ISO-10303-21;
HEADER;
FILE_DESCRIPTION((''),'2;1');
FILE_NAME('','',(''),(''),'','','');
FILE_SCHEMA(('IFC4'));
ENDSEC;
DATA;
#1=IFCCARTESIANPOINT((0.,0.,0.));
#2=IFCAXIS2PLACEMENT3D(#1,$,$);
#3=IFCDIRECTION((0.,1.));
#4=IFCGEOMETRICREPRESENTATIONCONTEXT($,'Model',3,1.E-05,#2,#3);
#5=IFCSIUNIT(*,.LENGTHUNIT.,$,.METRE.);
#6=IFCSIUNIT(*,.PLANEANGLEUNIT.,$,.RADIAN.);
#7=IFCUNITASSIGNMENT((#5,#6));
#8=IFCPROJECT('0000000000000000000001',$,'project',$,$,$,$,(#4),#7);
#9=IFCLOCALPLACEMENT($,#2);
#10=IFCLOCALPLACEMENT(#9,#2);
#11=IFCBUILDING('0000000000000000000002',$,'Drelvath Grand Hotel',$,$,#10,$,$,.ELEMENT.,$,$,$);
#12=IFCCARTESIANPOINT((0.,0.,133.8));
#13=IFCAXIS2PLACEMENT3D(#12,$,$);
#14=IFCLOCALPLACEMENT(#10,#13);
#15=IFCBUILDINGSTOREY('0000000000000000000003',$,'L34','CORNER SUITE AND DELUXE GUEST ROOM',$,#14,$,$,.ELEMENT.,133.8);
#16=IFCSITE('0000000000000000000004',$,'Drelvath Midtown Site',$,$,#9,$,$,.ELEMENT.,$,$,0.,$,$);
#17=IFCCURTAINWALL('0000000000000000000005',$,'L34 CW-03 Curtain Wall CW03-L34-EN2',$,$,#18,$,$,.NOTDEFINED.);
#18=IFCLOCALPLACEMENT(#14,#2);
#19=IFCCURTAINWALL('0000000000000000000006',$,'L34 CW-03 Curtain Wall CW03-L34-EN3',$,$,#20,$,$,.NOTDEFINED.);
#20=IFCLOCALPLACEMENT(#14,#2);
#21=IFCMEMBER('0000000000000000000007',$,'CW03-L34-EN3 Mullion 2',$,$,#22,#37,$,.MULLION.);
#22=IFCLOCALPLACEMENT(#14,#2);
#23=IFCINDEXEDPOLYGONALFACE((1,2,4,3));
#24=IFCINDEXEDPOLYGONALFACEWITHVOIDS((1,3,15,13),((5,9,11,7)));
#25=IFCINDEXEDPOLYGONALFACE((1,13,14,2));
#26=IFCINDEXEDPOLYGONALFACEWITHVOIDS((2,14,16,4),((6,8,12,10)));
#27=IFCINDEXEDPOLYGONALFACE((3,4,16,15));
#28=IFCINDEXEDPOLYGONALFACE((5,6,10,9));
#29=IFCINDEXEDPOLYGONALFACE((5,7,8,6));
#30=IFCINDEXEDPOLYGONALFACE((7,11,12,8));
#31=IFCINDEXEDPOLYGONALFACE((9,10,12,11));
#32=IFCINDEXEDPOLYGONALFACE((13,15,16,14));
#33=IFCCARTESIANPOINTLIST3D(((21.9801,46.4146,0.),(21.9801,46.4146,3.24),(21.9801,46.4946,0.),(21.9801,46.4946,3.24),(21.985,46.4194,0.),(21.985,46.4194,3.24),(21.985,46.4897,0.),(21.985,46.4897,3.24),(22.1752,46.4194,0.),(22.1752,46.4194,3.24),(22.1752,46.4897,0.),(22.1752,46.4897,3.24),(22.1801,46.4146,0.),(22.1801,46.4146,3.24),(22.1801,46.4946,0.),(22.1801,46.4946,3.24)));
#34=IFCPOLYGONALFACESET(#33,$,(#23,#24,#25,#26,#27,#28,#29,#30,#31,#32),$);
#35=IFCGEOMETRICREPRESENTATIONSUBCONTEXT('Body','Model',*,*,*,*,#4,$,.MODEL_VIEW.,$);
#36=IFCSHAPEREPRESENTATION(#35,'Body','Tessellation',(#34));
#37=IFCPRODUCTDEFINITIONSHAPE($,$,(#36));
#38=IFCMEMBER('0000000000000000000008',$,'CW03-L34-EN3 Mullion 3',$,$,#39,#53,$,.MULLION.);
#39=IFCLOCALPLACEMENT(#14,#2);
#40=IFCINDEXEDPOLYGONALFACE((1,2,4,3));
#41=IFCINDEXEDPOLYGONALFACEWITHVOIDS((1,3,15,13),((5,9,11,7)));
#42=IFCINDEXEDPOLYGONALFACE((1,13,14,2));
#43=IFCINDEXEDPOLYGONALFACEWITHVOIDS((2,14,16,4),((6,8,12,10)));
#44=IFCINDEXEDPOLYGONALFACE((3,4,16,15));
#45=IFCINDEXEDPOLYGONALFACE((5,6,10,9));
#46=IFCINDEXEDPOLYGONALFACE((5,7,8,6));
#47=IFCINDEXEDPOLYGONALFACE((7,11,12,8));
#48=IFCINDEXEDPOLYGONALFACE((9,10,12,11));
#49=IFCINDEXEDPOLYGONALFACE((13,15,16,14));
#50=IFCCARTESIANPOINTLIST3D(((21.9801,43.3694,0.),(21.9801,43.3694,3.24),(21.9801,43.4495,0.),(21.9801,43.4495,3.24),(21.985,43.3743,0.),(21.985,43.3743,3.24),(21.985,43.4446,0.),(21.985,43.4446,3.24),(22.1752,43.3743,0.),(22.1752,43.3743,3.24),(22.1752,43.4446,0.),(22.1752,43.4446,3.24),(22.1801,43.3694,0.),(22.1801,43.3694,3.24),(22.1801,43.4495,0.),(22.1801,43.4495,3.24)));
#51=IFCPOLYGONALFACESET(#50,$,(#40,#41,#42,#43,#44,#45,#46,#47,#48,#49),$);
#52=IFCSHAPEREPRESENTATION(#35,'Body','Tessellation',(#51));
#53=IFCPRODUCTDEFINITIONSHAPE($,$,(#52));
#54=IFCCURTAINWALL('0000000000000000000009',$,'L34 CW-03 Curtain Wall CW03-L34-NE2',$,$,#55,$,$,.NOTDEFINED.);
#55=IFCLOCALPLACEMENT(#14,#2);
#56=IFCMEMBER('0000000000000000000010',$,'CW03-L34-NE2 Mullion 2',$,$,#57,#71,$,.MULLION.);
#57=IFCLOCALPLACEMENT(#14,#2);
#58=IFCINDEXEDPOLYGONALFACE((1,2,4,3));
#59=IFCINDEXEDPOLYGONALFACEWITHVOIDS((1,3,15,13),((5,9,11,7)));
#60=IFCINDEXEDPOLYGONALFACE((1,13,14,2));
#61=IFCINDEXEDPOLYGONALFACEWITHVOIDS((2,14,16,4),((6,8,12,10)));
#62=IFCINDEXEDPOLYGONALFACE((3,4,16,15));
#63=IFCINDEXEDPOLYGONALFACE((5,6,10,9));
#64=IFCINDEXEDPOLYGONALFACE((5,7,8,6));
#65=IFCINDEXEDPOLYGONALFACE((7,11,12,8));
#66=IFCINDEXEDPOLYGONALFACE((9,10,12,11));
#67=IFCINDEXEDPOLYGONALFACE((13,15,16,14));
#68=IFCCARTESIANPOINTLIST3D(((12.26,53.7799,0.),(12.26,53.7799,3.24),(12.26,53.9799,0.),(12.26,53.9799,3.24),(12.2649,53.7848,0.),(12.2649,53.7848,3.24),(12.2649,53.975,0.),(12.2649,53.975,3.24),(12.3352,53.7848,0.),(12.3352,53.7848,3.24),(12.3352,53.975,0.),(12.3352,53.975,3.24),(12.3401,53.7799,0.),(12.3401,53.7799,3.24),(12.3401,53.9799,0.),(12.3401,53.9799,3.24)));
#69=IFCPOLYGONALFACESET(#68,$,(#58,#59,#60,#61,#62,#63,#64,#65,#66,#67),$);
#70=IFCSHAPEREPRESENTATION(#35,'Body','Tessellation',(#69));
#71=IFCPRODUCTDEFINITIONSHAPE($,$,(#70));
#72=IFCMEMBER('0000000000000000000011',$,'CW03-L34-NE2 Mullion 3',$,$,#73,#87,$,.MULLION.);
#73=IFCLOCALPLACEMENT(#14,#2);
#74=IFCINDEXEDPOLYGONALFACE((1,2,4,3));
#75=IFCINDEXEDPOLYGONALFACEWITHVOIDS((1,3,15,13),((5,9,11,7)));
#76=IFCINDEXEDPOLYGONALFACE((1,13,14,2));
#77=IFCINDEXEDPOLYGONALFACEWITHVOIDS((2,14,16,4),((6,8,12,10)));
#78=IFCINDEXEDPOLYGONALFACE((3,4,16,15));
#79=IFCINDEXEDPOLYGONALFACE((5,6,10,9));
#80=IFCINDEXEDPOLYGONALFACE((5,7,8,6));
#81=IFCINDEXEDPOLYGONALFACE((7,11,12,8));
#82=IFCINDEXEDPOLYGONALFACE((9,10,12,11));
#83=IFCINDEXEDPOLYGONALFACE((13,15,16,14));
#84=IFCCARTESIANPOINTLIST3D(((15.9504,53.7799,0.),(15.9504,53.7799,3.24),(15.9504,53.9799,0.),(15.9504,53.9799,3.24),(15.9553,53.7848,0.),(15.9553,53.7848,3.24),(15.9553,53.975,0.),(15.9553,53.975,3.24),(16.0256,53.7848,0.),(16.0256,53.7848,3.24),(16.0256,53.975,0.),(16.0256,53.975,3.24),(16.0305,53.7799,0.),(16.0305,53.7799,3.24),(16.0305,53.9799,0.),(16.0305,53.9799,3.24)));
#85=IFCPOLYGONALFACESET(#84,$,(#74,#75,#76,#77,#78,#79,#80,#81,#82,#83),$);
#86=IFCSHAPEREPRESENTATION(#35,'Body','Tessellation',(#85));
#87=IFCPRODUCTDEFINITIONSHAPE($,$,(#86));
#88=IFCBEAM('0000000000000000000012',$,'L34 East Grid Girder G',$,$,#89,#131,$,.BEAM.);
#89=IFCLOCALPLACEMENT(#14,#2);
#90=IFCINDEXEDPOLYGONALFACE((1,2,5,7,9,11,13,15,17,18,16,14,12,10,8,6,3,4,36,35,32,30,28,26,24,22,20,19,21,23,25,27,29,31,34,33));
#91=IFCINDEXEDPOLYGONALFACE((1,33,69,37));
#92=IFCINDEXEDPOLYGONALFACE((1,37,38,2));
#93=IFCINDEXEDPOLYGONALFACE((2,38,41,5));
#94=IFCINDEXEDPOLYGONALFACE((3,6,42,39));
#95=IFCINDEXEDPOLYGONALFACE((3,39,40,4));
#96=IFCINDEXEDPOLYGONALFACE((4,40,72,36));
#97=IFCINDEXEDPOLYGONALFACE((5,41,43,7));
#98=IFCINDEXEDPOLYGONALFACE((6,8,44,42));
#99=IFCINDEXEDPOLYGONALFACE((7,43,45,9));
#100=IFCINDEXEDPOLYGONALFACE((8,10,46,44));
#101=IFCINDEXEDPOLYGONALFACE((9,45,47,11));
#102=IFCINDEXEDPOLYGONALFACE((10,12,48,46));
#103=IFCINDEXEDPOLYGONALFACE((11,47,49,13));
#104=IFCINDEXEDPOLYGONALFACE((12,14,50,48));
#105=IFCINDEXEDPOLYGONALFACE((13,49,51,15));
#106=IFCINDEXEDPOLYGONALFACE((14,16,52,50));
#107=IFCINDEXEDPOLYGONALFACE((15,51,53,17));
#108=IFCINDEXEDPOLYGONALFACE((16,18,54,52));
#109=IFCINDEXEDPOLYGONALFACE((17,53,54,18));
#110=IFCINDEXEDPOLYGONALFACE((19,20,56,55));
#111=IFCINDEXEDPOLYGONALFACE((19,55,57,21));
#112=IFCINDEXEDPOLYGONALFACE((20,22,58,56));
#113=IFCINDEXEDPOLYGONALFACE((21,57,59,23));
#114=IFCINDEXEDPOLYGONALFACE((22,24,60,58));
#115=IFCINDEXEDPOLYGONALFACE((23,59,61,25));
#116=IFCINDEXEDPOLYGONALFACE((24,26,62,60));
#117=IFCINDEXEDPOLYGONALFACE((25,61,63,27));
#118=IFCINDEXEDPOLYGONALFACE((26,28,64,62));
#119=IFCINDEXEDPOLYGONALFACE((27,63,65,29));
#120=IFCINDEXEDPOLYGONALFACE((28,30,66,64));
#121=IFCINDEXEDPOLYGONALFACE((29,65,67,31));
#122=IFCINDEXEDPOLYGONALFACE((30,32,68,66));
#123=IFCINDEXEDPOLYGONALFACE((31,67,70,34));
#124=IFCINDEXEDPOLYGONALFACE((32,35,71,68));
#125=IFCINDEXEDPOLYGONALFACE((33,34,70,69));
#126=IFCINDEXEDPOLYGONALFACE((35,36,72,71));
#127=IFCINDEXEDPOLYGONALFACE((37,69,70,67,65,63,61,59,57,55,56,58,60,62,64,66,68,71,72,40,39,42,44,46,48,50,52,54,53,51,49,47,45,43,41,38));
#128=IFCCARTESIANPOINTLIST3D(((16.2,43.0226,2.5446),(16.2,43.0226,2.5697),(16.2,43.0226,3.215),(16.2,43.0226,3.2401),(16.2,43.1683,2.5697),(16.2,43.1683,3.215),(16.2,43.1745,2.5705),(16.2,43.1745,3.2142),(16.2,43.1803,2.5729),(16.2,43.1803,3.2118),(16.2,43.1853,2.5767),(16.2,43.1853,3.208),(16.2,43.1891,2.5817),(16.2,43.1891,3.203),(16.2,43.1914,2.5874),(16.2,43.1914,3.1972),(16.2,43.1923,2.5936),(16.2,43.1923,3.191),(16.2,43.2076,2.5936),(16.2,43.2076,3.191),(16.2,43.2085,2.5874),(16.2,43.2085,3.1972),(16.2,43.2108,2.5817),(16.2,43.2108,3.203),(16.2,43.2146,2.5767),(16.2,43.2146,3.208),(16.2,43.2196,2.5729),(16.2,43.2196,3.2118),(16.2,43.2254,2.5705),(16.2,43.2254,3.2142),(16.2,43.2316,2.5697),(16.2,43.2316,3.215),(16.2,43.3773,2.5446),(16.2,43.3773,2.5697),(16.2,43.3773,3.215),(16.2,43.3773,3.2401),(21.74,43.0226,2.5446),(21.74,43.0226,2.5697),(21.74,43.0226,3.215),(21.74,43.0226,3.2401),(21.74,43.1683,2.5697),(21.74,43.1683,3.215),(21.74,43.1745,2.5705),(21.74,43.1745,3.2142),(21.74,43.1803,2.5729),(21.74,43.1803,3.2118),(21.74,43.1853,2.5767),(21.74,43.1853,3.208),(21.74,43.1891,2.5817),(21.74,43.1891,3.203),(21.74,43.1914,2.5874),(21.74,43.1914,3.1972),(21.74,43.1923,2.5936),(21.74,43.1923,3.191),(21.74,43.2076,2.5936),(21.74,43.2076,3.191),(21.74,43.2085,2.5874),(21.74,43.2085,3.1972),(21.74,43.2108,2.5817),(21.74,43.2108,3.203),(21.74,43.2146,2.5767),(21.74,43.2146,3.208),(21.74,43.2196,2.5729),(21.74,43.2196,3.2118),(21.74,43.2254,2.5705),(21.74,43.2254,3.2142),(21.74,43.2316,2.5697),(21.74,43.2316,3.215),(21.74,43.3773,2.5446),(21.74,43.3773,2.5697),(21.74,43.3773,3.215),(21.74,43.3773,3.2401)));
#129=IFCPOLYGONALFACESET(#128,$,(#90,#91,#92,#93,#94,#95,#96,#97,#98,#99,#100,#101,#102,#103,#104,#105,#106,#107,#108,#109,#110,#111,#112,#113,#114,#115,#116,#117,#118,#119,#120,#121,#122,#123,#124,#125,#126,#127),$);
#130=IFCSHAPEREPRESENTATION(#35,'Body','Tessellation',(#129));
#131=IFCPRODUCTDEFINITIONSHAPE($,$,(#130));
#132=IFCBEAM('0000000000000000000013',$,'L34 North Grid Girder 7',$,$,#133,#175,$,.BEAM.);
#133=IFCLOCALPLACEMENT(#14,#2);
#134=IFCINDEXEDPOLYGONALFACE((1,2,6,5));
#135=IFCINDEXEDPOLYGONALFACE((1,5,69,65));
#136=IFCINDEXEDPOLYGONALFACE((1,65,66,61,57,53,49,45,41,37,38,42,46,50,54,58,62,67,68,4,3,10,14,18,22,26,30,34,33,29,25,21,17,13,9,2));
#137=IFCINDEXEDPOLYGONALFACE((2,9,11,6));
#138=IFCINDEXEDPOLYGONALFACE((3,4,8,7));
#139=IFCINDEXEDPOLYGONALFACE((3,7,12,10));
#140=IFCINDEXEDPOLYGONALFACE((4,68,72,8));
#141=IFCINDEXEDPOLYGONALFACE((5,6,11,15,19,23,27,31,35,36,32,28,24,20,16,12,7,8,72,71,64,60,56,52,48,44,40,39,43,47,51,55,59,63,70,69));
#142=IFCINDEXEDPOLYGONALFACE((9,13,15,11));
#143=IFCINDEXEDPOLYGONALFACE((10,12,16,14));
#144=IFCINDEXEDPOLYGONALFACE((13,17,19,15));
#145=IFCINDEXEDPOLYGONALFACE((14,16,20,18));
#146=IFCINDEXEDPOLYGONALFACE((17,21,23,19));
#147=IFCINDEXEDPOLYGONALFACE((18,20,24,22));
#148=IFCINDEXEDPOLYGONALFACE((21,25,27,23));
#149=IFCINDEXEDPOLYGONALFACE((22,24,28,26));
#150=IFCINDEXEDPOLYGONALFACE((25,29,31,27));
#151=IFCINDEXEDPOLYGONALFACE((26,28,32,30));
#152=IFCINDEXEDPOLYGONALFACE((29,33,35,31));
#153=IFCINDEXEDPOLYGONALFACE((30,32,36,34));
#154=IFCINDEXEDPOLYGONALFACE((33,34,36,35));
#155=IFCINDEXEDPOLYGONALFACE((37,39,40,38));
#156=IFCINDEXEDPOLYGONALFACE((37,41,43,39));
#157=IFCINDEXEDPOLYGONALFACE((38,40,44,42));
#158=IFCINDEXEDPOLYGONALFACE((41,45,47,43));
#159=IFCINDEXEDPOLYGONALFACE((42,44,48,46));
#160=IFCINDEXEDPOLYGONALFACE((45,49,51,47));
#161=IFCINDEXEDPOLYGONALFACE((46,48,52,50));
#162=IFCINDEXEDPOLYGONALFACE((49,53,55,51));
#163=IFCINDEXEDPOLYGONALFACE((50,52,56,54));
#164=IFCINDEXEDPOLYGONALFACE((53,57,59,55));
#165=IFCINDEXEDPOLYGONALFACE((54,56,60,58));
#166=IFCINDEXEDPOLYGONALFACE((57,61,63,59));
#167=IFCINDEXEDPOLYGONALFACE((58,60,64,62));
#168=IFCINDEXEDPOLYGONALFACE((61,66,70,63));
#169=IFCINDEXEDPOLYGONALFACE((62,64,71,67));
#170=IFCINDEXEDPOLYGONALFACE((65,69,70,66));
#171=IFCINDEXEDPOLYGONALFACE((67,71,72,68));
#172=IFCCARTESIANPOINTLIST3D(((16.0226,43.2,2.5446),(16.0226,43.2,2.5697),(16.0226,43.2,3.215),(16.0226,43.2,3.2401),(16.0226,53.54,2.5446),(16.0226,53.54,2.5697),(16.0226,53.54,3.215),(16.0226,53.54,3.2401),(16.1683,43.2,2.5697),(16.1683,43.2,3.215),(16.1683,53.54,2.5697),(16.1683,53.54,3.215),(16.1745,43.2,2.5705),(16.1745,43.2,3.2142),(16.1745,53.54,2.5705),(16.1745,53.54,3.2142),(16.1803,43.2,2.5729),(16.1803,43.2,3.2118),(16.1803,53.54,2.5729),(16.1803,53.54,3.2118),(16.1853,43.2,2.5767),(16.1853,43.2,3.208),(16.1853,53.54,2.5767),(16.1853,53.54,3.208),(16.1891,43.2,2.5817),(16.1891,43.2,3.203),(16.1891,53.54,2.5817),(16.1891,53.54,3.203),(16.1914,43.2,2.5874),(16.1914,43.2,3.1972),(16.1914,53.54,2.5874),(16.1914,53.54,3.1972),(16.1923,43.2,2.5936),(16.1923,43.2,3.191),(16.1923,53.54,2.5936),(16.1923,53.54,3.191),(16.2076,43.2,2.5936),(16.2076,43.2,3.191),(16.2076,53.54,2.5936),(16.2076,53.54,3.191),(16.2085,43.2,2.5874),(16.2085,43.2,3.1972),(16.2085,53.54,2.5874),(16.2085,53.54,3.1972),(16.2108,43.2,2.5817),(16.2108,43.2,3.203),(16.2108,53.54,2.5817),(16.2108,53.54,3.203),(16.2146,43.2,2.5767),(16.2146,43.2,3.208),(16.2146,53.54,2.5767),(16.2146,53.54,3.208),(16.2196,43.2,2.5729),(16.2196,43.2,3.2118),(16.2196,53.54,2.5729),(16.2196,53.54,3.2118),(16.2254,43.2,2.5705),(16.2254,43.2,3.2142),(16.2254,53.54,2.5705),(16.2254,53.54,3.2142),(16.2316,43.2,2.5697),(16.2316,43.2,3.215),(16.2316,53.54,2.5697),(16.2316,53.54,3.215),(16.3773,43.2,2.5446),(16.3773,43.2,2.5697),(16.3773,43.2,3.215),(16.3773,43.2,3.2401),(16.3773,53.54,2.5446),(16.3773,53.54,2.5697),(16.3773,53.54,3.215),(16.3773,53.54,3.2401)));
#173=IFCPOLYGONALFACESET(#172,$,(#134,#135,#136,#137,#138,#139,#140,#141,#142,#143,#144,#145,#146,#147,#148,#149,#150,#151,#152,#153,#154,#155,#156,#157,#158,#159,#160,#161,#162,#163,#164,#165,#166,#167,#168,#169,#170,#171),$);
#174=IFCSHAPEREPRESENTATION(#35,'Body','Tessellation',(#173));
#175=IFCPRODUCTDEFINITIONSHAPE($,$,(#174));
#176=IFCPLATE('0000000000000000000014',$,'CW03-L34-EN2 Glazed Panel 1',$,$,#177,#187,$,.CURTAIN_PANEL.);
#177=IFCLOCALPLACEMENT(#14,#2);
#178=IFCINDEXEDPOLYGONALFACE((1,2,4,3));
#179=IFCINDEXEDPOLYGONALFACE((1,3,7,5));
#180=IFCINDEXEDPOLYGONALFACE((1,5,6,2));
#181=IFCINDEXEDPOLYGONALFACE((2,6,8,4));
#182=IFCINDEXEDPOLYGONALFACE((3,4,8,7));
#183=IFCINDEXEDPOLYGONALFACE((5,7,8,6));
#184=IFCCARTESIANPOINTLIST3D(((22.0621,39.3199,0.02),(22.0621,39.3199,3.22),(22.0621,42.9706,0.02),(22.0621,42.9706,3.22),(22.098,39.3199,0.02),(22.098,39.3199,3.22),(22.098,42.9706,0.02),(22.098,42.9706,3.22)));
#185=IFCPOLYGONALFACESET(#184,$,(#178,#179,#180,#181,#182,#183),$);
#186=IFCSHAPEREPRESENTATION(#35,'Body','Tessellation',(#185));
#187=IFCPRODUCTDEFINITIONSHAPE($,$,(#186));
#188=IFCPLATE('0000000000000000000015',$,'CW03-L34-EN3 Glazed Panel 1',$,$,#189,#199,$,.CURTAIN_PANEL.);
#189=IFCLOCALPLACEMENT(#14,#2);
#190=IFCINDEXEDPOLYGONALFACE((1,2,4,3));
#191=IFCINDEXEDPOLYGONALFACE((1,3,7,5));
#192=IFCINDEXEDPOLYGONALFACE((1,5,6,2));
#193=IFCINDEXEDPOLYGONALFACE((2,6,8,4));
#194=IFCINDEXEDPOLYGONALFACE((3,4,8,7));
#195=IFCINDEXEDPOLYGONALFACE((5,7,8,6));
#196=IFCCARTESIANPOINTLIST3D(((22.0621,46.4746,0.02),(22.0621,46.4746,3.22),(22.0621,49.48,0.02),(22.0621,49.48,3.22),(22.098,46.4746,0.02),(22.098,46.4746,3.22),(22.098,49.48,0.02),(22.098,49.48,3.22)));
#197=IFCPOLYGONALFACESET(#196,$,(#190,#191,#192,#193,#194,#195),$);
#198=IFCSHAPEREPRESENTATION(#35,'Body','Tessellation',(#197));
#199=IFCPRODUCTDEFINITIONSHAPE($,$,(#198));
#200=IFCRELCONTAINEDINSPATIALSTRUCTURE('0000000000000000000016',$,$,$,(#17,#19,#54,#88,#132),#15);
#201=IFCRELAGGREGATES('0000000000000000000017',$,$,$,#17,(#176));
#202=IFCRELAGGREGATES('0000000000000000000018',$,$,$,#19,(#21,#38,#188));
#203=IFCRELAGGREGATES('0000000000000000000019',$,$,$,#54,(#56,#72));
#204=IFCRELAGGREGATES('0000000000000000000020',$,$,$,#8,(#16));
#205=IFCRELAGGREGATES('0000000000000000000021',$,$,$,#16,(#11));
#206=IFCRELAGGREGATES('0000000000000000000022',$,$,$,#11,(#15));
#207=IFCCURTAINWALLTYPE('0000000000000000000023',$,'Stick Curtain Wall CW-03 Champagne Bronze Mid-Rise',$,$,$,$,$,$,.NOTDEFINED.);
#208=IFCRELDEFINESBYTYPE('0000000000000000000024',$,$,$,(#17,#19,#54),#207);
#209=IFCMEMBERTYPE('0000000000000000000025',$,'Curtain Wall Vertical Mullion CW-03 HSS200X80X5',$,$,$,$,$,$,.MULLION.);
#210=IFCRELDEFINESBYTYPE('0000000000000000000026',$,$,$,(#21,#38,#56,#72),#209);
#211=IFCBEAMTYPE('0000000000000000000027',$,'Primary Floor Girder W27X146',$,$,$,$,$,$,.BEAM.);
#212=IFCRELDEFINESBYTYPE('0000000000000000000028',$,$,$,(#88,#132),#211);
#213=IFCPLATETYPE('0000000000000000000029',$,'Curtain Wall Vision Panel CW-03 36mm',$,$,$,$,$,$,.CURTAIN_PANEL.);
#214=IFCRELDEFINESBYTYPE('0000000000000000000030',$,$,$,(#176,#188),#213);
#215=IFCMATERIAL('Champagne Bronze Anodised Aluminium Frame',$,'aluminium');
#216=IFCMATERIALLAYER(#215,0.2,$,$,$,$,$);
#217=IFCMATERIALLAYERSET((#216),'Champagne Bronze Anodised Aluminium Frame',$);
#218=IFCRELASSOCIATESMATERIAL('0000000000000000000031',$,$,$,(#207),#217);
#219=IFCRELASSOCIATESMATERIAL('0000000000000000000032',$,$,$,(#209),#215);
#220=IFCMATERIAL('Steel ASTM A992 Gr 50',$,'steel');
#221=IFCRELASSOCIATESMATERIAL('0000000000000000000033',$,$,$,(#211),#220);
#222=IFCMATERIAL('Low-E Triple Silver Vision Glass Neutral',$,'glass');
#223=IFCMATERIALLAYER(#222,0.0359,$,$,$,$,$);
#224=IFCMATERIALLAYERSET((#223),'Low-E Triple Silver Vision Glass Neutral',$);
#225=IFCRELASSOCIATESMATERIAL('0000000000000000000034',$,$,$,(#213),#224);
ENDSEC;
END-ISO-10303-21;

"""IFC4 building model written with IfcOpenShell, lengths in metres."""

from ifc_helpers import new_model, si_unit, direction, frame, origin, origin_2d, place, context, subcontext, project, spatial, rectangle, hollow_rectangle, i_section, extrude, material, layer, layer_set, material_profile, profile_set, type_object, element, aggregate, save


model = new_model("IFC4")

# Units and contexts
model_context = context("Model", 3, precision=1e-05, world=origin(), true_north=direction((0.0, 1.0)))
body_context = subcontext(model_context, "Body", "Model", "MODEL_VIEW")
ifc_project = project(units=[si_unit("LENGTHUNIT", "METRE"), si_unit("PLANEANGLEUNIT", "RADIAN")], contexts=[model_context])

# Site, building, storey
site_placement = place(None, origin())
site = spatial("IfcSite", under=ifc_project, at=site_placement, Name="Drelvath Midtown Site", CompositionType="ELEMENT", RefElevation=0.0)
building_placement = place(site_placement, origin())
building = spatial("IfcBuilding", under=site, at=building_placement, Name="Drelvath Grand Hotel", CompositionType="ELEMENT")
storey_placement = place(building_placement, frame((0.0, 0.0, 133.8)))
storey = spatial("IfcBuildingStorey", under=building, at=storey_placement, Name="L34", Description="CORNER SUITE AND DELUXE GUEST ROOM", CompositionType="ELEMENT", Elevation=133.8)

# Curtain walls
ifc_material_1 = material(Name="Champagne Bronze Anodised Aluminium Frame", Category="aluminium")
ifc_layer_1 = layer(ifc_material_1, 0.2)
ifc_layer_set_1 = layer_set([ifc_layer_1], Name="Champagne Bronze Anodised Aluminium Frame")
curtain_wall_type = type_object("IfcCurtainWallType", Name="Stick Curtain Wall CW-03 Champagne Bronze Mid-Rise", PredefinedType="NOTDEFINED", material=ifc_layer_set_1)
curtain_wall_1_placement = place(storey_placement, origin())
curtain_wall_1 = element("IfcCurtainWall", 1, at=curtain_wall_1_placement, inside=storey, type_object=curtain_wall_type, Name="L34 CW-03 Curtain Wall CW03-L34-EN2", PredefinedType="NOTDEFINED")
curtain_wall_2_placement = place(storey_placement, origin())
curtain_wall_2 = element("IfcCurtainWall", 2, at=curtain_wall_2_placement, inside=storey, type_object=curtain_wall_type, Name="L34 CW-03 Curtain Wall CW03-L34-EN3", PredefinedType="NOTDEFINED")

# Members
ifc_material_profile_1 = material_profile(ifc_material_1, hollow_rectangle(XDim=0.0801, YDim=0.2, WallThickness=0.0049, at=origin_2d()), Name="HSS200X80X5")
ifc_profile_set_1 = profile_set([ifc_material_profile_1], Name="Champagne Bronze Anodised Aluminium Frame")
member_type_1 = type_object("IfcMemberType", Name="Curtain Wall Vertical Mullion CW-03 HSS200X80X5", PredefinedType="MULLION", material=ifc_profile_set_1)
member_1_placement = place(storey_placement, frame((22.0801, 46.4546, 0.0), z_axis=(0.0, 0.0, 1.0), x_axis=(0.0, 1.0, 0.0)))
member_1 = element("IfcMember", 3, at=member_1_placement, type_object=member_type_1, Name="CW03-L34-EN3 Mullion 2", PredefinedType="MULLION", context=body_context, shape_type="SweptSolid", body=[
    extrude(hollow_rectangle(XDim=0.0801, YDim=0.2, WallThickness=0.0049, at=origin_2d()), origin(), (0.0, 0.0, 1.0), 3.24),
])
member_2_placement = place(storey_placement, frame((22.0801, 43.4094, 0.0), z_axis=(0.0, 0.0, 1.0), x_axis=(0.0, 1.0, 0.0)))
member_2 = element("IfcMember", 4, at=member_2_placement, type_object=member_type_1, Name="CW03-L34-EN3 Mullion 3", PredefinedType="MULLION", context=body_context, shape_type="SweptSolid", body=[
    extrude(hollow_rectangle(XDim=0.0801, YDim=0.2, WallThickness=0.0049, at=origin_2d()), origin(), (0.0, 0.0, 1.0), 3.24),
])

# Curtain wall, members
curtain_wall_3_placement = place(storey_placement, origin())
curtain_wall_3 = element("IfcCurtainWall", 5, at=curtain_wall_3_placement, inside=storey, type_object=curtain_wall_type, Name="L34 CW-03 Curtain Wall CW03-L34-NE2", PredefinedType="NOTDEFINED")
member_3_placement = place(storey_placement, frame((12.3, 53.8799, 0.0), z_axis=(0.0, 0.0, 1.0), x_axis=(1.0, 0.0, 0.0)))
member_3 = element("IfcMember", 6, at=member_3_placement, type_object=member_type_1, Name="CW03-L34-NE2 Mullion 2", PredefinedType="MULLION", context=body_context, shape_type="SweptSolid", body=[
    extrude(hollow_rectangle(XDim=0.0801, YDim=0.2, WallThickness=0.0049, at=origin_2d()), origin(), (0.0, 0.0, 1.0), 3.24),
])
member_4_placement = place(storey_placement, frame((15.9905, 53.8799, 0.0), z_axis=(0.0, 0.0, 1.0), x_axis=(1.0, 0.0, 0.0)))
member_4 = element("IfcMember", 7, at=member_4_placement, type_object=member_type_1, Name="CW03-L34-NE2 Mullion 3", PredefinedType="MULLION", context=body_context, shape_type="SweptSolid", body=[
    extrude(hollow_rectangle(XDim=0.0801, YDim=0.2, WallThickness=0.0049, at=origin_2d()), origin(), (0.0, 0.0, 1.0), 3.24),
])

# Beams
ifc_material_2 = material(Name="Steel ASTM A992 Gr 50", Category="steel")
ifc_material_profile_2 = material_profile(ifc_material_2, i_section(OverallWidth=0.3547, OverallDepth=0.6956, WebThickness=0.0154, FlangeThickness=0.0251, FilletRadius=0.0239, at=origin_2d()), Name="W27X146")
ifc_profile_set_2 = profile_set([ifc_material_profile_2], Name="Steel ASTM A992 Gr 50")
beam_type = type_object("IfcBeamType", Name="Primary Floor Girder W27X146", PredefinedType="BEAM", material=ifc_profile_set_2)
beam_1_placement = place(storey_placement, frame((16.2, 43.2, 2.8923), z_axis=(1.0, 0.0, 0.0), x_axis=(0.0, 1.0, 0.0)))
element("IfcBeam", 8, at=beam_1_placement, inside=storey, type_object=beam_type, Name="L34 East Grid Girder G", PredefinedType="BEAM", context=body_context, shape_type="SweptSolid", body=[
    extrude(i_section(OverallWidth=0.3547, OverallDepth=0.6956, WebThickness=0.0154, FlangeThickness=0.0251, FilletRadius=0.0239, at=origin_2d()), origin(), (0.0, 0.0, 1.0), 5.54),
])
beam_2_placement = place(storey_placement, frame((16.2, 43.2, 2.8923), z_axis=(0.0, 1.0, 0.0), x_axis=(-1.0, 0.0, 0.0)))
element("IfcBeam", 9, at=beam_2_placement, inside=storey, type_object=beam_type, Name="L34 North Grid Girder 7", PredefinedType="BEAM", context=body_context, shape_type="SweptSolid", body=[
    extrude(i_section(OverallWidth=0.3547, OverallDepth=0.6956, WebThickness=0.0154, FlangeThickness=0.0251, FilletRadius=0.0239, at=origin_2d()), origin(), (0.0, 0.0, 1.0), 10.3401),
])

# Plates
ifc_material_3 = material(Name="Low-E Triple Silver Vision Glass Neutral", Category="glass")
ifc_layer_2 = layer(ifc_material_3, 0.0359)
ifc_layer_set_2 = layer_set([ifc_layer_2], Name="Low-E Triple Silver Vision Glass Neutral")
plate_type = type_object("IfcPlateType", Name="Curtain Wall Vision Panel CW-03 36mm", PredefinedType="CURTAIN_PANEL", material=ifc_layer_set_2)
plate_1_placement = place(storey_placement, frame((22.0801, 41.1453, 0.02), z_axis=(0.0, 0.0, 1.0), x_axis=(0.0, -1.0, 0.0)))
plate_1 = element("IfcPlate", 10, at=plate_1_placement, type_object=plate_type, Name="CW03-L34-EN2 Glazed Panel 1", PredefinedType="CURTAIN_PANEL", context=body_context, shape_type="SweptSolid", body=[
    extrude(rectangle(XDim=3.6506, YDim=0.0359, at=origin_2d()), origin(), (0.0, 0.0, 1.0), 3.2),
])
aggregate(curtain_wall_1, [plate_1])
plate_2_placement = place(storey_placement, frame((22.0801, 47.9773, 0.02), z_axis=(0.0, 0.0, 1.0), x_axis=(0.0, -1.0, 0.0)))
plate_2 = element("IfcPlate", 11, at=plate_2_placement, type_object=plate_type, Name="CW03-L34-EN3 Glazed Panel 1", PredefinedType="CURTAIN_PANEL", context=body_context, shape_type="SweptSolid", body=[
    extrude(rectangle(XDim=3.0054, YDim=0.0359, at=origin_2d()), origin(), (0.0, 0.0, 1.0), 3.2),
])
aggregate(curtain_wall_2, [member_1, member_2, plate_2])
aggregate(curtain_wall_3, [member_3, member_4])

save(model, "model.ifc")
